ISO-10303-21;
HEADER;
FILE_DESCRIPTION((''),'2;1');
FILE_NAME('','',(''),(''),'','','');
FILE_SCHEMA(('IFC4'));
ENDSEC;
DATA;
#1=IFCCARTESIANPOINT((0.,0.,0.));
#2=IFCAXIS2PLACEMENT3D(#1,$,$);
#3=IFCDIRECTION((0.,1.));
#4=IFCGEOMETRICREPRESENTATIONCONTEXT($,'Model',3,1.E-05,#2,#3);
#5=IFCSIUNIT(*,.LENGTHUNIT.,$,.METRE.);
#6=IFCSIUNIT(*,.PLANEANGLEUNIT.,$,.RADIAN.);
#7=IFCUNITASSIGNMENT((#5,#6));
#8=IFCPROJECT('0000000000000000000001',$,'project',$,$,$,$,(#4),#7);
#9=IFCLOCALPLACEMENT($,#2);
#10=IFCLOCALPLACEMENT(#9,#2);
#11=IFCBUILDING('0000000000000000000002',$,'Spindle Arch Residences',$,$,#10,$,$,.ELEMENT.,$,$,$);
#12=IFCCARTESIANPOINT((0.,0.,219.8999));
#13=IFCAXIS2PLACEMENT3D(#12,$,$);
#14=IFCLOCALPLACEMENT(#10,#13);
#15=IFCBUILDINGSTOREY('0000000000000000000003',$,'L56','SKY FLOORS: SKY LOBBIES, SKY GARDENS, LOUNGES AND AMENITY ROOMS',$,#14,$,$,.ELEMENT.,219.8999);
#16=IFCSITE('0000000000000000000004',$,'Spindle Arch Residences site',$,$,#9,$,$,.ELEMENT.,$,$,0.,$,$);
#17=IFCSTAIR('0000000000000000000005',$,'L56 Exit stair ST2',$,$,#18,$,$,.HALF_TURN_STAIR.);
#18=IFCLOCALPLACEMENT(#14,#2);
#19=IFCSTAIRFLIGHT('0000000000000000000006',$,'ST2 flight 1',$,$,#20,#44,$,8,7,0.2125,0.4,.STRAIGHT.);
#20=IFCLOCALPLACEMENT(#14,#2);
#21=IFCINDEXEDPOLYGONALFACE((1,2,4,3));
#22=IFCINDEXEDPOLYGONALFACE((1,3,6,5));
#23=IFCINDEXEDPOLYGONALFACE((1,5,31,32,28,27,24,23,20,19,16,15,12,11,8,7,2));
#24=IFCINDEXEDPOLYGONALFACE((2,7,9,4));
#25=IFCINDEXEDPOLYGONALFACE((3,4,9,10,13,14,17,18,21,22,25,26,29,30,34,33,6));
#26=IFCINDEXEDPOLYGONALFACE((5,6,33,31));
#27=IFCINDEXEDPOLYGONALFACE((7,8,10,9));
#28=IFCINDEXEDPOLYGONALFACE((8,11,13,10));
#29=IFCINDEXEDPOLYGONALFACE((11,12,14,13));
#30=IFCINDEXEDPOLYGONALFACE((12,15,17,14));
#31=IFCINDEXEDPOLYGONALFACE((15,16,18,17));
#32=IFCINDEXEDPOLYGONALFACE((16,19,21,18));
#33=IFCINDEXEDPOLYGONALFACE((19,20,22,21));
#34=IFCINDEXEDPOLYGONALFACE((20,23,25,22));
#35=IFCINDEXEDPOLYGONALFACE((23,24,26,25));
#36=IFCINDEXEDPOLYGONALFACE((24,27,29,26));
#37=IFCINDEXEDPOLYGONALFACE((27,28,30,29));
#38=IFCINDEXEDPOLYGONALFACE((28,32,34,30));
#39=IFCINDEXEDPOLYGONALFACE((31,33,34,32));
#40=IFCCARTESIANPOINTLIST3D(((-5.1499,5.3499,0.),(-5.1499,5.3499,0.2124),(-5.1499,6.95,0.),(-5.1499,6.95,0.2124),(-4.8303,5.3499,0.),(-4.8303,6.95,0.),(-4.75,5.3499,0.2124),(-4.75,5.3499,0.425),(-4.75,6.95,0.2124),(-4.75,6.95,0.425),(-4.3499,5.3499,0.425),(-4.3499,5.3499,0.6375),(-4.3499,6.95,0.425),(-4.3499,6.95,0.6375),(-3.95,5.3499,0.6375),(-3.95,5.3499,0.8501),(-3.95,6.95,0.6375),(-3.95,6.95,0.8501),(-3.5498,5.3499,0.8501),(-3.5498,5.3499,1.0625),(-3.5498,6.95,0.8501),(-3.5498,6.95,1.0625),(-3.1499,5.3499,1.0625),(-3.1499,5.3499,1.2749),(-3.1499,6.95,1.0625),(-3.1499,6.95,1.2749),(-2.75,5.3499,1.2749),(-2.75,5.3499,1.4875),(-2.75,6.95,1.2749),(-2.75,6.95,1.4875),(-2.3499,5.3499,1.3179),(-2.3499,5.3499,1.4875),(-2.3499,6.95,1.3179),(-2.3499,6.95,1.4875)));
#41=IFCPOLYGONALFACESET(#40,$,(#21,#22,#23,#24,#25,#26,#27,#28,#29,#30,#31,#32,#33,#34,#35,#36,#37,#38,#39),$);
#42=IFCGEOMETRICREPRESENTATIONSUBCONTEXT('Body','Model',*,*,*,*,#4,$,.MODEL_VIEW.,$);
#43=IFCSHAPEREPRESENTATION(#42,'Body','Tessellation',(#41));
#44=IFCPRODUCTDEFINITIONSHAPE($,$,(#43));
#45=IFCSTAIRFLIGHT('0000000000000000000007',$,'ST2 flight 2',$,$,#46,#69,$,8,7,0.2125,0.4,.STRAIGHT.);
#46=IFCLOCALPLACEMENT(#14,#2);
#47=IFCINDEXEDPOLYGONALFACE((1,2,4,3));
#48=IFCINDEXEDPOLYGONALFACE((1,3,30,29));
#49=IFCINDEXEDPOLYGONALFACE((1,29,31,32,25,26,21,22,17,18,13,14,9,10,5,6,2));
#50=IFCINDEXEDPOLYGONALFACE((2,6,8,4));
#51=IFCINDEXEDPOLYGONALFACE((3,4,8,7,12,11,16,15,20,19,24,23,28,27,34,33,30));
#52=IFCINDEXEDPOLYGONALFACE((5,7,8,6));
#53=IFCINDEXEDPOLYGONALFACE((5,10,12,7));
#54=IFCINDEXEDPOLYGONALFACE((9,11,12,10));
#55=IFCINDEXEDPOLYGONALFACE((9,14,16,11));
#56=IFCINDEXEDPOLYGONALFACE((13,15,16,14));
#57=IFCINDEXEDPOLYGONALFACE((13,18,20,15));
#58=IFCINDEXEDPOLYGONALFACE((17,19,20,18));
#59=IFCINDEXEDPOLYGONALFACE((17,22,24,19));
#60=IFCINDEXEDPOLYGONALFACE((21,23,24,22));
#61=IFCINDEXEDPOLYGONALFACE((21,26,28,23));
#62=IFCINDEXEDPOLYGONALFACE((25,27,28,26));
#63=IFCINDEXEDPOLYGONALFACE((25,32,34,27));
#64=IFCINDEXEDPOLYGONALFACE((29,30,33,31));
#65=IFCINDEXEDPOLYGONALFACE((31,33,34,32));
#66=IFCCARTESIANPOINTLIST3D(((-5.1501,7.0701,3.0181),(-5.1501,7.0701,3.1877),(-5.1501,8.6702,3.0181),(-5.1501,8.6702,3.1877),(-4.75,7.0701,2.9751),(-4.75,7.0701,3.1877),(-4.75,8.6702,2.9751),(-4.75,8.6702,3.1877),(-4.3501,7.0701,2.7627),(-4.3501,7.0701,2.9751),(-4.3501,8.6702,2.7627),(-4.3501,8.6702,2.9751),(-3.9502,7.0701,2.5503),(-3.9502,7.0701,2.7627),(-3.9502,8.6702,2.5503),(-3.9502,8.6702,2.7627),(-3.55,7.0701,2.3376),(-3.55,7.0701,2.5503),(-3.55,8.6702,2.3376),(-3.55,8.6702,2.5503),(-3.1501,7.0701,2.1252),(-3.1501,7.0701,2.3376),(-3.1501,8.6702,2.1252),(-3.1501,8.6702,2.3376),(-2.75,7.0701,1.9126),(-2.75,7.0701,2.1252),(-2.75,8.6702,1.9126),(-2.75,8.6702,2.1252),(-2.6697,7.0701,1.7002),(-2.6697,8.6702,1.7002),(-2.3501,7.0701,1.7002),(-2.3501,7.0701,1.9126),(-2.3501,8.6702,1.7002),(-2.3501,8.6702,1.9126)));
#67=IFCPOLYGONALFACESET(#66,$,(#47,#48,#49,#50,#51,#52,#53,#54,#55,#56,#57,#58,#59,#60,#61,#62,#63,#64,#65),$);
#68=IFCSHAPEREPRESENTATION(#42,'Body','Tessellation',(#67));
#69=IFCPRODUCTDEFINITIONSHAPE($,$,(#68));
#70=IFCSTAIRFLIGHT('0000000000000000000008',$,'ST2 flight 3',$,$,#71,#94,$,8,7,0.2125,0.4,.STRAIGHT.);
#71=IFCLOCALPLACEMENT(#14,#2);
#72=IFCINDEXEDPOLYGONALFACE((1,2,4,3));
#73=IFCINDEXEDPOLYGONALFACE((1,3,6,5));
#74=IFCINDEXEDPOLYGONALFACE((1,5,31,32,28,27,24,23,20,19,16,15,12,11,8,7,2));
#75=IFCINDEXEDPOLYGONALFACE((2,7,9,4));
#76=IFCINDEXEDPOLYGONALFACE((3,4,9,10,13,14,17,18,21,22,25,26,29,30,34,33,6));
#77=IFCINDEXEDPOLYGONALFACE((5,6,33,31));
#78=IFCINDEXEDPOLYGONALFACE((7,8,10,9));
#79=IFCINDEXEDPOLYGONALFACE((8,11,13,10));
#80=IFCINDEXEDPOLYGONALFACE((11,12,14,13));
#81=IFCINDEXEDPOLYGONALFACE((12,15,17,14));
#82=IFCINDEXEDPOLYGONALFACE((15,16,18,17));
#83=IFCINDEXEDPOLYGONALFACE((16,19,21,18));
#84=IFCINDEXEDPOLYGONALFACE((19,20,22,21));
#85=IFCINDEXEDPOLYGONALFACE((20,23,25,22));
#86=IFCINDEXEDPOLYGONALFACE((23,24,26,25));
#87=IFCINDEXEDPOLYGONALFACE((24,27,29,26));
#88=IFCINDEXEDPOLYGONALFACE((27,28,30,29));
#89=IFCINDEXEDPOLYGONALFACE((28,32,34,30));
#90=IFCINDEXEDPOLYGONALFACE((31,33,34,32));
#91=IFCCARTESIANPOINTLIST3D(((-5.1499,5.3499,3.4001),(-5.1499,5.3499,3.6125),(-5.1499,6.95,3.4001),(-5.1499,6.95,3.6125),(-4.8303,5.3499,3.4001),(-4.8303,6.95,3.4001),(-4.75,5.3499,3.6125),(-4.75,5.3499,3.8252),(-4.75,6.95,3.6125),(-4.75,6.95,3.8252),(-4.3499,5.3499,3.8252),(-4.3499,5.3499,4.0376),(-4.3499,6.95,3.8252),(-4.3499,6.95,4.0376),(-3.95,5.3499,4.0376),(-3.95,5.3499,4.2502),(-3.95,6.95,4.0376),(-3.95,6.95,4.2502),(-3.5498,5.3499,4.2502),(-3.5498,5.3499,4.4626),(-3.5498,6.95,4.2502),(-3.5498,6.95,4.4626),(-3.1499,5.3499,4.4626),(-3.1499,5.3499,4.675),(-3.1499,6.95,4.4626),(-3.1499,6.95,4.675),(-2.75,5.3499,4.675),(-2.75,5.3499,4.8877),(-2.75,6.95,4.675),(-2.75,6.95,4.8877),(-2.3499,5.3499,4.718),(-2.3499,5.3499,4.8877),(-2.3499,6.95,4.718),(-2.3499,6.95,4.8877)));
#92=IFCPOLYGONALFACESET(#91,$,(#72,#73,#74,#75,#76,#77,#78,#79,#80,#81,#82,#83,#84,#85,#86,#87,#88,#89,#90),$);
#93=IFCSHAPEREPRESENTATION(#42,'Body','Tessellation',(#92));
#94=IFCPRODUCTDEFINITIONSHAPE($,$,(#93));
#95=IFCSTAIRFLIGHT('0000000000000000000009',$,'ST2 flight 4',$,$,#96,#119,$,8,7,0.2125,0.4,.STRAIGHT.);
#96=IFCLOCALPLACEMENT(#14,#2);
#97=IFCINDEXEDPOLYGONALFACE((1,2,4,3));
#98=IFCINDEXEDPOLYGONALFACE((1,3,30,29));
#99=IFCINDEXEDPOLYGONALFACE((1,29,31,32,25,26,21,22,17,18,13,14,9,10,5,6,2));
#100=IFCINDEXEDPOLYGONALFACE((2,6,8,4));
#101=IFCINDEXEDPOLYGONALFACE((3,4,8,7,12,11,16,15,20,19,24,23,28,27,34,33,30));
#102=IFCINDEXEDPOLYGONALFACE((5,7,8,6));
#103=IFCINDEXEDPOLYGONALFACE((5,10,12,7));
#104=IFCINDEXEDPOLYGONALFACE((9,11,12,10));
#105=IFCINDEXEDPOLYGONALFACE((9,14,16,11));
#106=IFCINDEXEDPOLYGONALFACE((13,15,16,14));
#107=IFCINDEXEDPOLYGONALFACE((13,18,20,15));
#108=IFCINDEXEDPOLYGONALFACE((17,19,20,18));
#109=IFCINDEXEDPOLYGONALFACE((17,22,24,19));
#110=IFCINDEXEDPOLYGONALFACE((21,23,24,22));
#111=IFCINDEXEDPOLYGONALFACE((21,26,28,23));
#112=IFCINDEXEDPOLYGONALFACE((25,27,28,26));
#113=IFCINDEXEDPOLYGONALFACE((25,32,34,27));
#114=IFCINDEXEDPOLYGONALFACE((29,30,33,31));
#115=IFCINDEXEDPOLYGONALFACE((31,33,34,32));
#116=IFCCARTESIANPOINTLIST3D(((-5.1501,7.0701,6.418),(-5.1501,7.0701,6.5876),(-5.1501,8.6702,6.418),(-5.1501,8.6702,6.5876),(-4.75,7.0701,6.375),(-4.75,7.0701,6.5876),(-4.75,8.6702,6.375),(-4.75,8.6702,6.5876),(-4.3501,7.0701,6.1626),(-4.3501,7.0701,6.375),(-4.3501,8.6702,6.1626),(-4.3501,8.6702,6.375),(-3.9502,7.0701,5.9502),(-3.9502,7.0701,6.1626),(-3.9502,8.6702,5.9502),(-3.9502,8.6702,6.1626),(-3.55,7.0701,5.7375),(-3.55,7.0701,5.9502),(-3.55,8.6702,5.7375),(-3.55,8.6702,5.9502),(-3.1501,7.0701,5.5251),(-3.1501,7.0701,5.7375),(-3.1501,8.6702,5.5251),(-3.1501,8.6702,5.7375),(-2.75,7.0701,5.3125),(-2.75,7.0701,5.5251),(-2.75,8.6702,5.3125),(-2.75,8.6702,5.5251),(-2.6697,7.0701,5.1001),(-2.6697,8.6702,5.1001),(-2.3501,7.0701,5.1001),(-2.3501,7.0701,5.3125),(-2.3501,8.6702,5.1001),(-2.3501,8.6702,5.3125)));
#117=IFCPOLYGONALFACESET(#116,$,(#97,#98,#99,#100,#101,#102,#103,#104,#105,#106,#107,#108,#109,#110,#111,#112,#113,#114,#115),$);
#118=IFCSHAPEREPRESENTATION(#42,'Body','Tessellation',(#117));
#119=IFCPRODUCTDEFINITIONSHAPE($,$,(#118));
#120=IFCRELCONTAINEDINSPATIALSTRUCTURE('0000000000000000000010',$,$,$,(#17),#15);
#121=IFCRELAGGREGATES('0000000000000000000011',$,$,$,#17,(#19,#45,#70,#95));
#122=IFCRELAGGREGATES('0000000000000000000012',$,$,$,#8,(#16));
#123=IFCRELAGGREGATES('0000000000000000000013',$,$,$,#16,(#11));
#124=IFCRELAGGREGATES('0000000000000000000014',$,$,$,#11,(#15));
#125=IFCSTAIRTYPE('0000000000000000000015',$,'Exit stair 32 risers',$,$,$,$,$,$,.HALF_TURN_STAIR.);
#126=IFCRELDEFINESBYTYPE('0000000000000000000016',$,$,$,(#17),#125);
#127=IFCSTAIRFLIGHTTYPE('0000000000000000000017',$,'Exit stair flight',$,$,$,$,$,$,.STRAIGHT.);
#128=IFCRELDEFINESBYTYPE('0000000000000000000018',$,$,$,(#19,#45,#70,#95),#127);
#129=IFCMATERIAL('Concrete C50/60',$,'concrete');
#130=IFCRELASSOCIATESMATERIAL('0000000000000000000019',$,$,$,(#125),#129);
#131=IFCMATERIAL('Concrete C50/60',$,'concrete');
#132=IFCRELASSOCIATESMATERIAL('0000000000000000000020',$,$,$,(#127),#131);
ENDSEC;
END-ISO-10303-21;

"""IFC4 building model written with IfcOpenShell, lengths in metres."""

from ifc_helpers import new_model, si_unit, direction, frame, origin, place, context, subcontext, project, spatial, polyline, outline, extrude, material, type_object, element, aggregate, save


model = new_model("IFC4")

# Units and contexts
model_context = context("Model", 3, precision=1e-05, world=origin(), true_north=direction((0.0, 1.0)))
body_context = subcontext(model_context, "Body", "Model", "MODEL_VIEW")
ifc_project = project(units=[si_unit("LENGTHUNIT", "METRE"), si_unit("PLANEANGLEUNIT", "RADIAN")], contexts=[model_context])

# Site, building, storey
site_placement = place(None, origin())
site = spatial("IfcSite", under=ifc_project, at=site_placement, Name="Spindle Arch Residences site", CompositionType="ELEMENT", RefElevation=0.0)
building_placement = place(site_placement, origin())
building = spatial("IfcBuilding", under=site, at=building_placement, Name="Spindle Arch Residences", CompositionType="ELEMENT")
storey_placement = place(building_placement, frame((0.0, 0.0, 219.8999)))
storey = spatial("IfcBuildingStorey", under=building, at=storey_placement, Name="L56", Description="SKY FLOORS: SKY LOBBIES, SKY GARDENS, LOUNGES AND AMENITY ROOMS", CompositionType="ELEMENT", Elevation=219.8999)

# Stair, stair flights
ifc_material_1 = material(Name="Concrete C50/60", Category="concrete")
stair_type = type_object("IfcStairType", Name="Exit stair 32 risers", PredefinedType="HALF_TURN_STAIR", material=ifc_material_1)
stair_placement = place(storey_placement, origin())
stair = element("IfcStair", 1, at=stair_placement, inside=storey, type_object=stair_type, Name="L56 Exit stair ST2", PredefinedType="HALF_TURN_STAIR")
ifc_material_2 = material(Name="Concrete C50/60", Category="concrete")
stair_flight_type = type_object("IfcStairFlightType", Name="Exit stair flight", PredefinedType="STRAIGHT", material=ifc_material_2)
stair_flight_1_placement = place(storey_placement, frame((-5.1499, 6.1499, 0.0), z_axis=(0.0, 0.0, 1.0), x_axis=(1.0, 0.0, 0.0)))
stair_flight_1 = element("IfcStairFlight", 2, at=stair_flight_1_placement, type_object=stair_flight_type, Name="ST2 flight 1", NumberOfRisers=8, NumberOfTreads=7, PredefinedType="STRAIGHT", RiserHeight=0.2125, TreadLength=0.4, context=body_context, shape_type="SweptSolid", body=[
    extrude(outline(polyline([(0.0, 0.0), (0.0, 0.2124), (0.3999, 0.2124), (0.3999, 0.425), (0.8, 0.425), (0.8, 0.6375), (1.2, 0.6375), (1.2, 0.8501), (1.6001, 0.8501), (1.6001, 1.0625), (2.0, 1.0625), (2.0, 1.2749), (2.3999, 1.2749), (2.3999, 1.4875), (2.8, 1.4875), (2.8, 1.7), (2.8, 1.3179), (0.3196, 0.0), (0.0, 0.0)])), frame((0.0, 0.8, 0.0), z_axis=(0.0, -1.0, 0.0), x_axis=(1.0, 0.0, 0.0)), (0.0, 0.0, 1.0), 1.6001),
])
stair_flight_2_placement = place(storey_placement, frame((-2.3501, 7.8701, 1.7002), z_axis=(0.0, 0.0, 1.0), x_axis=(-1.0, 0.0, 0.0)))
stair_flight_2 = element("IfcStairFlight", 3, at=stair_flight_2_placement, type_object=stair_flight_type, Name="ST2 flight 2", NumberOfRisers=8, NumberOfTreads=7, PredefinedType="STRAIGHT", RiserHeight=0.2125, TreadLength=0.4, context=body_context, shape_type="SweptSolid", body=[
    extrude(outline(polyline([(0.0, 0.0), (0.0, 0.2124), (0.3999, 0.2124), (0.3999, 0.425), (0.8, 0.425), (0.8, 0.6375), (1.2, 0.6375), (1.2, 0.8501), (1.6001, 0.8501), (1.6001, 1.0625), (2.0, 1.0625), (2.0, 1.2749), (2.3999, 1.2749), (2.3999, 1.4875), (2.8, 1.4875), (2.8, 1.7), (2.8, 1.3179), (0.3196, 0.0), (0.0, 0.0)])), frame((0.0, 0.8, 0.0), z_axis=(0.0, -1.0, 0.0), x_axis=(1.0, 0.0, 0.0)), (0.0, 0.0, 1.0), 1.6001),
])
stair_flight_3_placement = place(storey_placement, frame((-5.1499, 6.1499, 3.4001), z_axis=(0.0, 0.0, 1.0), x_axis=(1.0, 0.0, 0.0)))
stair_flight_3 = element("IfcStairFlight", 4, at=stair_flight_3_placement, type_object=stair_flight_type, Name="ST2 flight 3", NumberOfRisers=8, NumberOfTreads=7, PredefinedType="STRAIGHT", RiserHeight=0.2125, TreadLength=0.4, context=body_context, shape_type="SweptSolid", body=[
    extrude(outline(polyline([(0.0, 0.0), (0.0, 0.2124), (0.3999, 0.2124), (0.3999, 0.425), (0.8, 0.425), (0.8, 0.6375), (1.2, 0.6375), (1.2, 0.8501), (1.6001, 0.8501), (1.6001, 1.0625), (2.0, 1.0625), (2.0, 1.2749), (2.3999, 1.2749), (2.3999, 1.4875), (2.8, 1.4875), (2.8, 1.7), (2.8, 1.3179), (0.3196, 0.0), (0.0, 0.0)])), frame((0.0, 0.8, 0.0), z_axis=(0.0, -1.0, 0.0), x_axis=(1.0, 0.0, 0.0)), (0.0, 0.0, 1.0), 1.6001),
])
stair_flight_4_placement = place(storey_placement, frame((-2.3501, 7.8701, 5.1001), z_axis=(0.0, 0.0, 1.0), x_axis=(-1.0, 0.0, 0.0)))
stair_flight_4 = element("IfcStairFlight", 5, at=stair_flight_4_placement, type_object=stair_flight_type, Name="ST2 flight 4", NumberOfRisers=8, NumberOfTreads=7, PredefinedType="STRAIGHT", RiserHeight=0.2125, TreadLength=0.4, context=body_context, shape_type="SweptSolid", body=[
    extrude(outline(polyline([(0.0, 0.0), (0.0, 0.2124), (0.3999, 0.2124), (0.3999, 0.425), (0.8, 0.425), (0.8, 0.6375), (1.2, 0.6375), (1.2, 0.8501), (1.6001, 0.8501), (1.6001, 1.0625), (2.0, 1.0625), (2.0, 1.2749), (2.3999, 1.2749), (2.3999, 1.4875), (2.8, 1.4875), (2.8, 1.7), (2.8, 1.3179), (0.3196, 0.0), (0.0, 0.0)])), frame((0.0, 0.8, 0.0), z_axis=(0.0, -1.0, 0.0), x_axis=(1.0, 0.0, 0.0)), (0.0, 0.0, 1.0), 1.6001),
])
aggregate(stair, [stair_flight_1, stair_flight_2, stair_flight_3, stair_flight_4])

save(model, "model.ifc")
